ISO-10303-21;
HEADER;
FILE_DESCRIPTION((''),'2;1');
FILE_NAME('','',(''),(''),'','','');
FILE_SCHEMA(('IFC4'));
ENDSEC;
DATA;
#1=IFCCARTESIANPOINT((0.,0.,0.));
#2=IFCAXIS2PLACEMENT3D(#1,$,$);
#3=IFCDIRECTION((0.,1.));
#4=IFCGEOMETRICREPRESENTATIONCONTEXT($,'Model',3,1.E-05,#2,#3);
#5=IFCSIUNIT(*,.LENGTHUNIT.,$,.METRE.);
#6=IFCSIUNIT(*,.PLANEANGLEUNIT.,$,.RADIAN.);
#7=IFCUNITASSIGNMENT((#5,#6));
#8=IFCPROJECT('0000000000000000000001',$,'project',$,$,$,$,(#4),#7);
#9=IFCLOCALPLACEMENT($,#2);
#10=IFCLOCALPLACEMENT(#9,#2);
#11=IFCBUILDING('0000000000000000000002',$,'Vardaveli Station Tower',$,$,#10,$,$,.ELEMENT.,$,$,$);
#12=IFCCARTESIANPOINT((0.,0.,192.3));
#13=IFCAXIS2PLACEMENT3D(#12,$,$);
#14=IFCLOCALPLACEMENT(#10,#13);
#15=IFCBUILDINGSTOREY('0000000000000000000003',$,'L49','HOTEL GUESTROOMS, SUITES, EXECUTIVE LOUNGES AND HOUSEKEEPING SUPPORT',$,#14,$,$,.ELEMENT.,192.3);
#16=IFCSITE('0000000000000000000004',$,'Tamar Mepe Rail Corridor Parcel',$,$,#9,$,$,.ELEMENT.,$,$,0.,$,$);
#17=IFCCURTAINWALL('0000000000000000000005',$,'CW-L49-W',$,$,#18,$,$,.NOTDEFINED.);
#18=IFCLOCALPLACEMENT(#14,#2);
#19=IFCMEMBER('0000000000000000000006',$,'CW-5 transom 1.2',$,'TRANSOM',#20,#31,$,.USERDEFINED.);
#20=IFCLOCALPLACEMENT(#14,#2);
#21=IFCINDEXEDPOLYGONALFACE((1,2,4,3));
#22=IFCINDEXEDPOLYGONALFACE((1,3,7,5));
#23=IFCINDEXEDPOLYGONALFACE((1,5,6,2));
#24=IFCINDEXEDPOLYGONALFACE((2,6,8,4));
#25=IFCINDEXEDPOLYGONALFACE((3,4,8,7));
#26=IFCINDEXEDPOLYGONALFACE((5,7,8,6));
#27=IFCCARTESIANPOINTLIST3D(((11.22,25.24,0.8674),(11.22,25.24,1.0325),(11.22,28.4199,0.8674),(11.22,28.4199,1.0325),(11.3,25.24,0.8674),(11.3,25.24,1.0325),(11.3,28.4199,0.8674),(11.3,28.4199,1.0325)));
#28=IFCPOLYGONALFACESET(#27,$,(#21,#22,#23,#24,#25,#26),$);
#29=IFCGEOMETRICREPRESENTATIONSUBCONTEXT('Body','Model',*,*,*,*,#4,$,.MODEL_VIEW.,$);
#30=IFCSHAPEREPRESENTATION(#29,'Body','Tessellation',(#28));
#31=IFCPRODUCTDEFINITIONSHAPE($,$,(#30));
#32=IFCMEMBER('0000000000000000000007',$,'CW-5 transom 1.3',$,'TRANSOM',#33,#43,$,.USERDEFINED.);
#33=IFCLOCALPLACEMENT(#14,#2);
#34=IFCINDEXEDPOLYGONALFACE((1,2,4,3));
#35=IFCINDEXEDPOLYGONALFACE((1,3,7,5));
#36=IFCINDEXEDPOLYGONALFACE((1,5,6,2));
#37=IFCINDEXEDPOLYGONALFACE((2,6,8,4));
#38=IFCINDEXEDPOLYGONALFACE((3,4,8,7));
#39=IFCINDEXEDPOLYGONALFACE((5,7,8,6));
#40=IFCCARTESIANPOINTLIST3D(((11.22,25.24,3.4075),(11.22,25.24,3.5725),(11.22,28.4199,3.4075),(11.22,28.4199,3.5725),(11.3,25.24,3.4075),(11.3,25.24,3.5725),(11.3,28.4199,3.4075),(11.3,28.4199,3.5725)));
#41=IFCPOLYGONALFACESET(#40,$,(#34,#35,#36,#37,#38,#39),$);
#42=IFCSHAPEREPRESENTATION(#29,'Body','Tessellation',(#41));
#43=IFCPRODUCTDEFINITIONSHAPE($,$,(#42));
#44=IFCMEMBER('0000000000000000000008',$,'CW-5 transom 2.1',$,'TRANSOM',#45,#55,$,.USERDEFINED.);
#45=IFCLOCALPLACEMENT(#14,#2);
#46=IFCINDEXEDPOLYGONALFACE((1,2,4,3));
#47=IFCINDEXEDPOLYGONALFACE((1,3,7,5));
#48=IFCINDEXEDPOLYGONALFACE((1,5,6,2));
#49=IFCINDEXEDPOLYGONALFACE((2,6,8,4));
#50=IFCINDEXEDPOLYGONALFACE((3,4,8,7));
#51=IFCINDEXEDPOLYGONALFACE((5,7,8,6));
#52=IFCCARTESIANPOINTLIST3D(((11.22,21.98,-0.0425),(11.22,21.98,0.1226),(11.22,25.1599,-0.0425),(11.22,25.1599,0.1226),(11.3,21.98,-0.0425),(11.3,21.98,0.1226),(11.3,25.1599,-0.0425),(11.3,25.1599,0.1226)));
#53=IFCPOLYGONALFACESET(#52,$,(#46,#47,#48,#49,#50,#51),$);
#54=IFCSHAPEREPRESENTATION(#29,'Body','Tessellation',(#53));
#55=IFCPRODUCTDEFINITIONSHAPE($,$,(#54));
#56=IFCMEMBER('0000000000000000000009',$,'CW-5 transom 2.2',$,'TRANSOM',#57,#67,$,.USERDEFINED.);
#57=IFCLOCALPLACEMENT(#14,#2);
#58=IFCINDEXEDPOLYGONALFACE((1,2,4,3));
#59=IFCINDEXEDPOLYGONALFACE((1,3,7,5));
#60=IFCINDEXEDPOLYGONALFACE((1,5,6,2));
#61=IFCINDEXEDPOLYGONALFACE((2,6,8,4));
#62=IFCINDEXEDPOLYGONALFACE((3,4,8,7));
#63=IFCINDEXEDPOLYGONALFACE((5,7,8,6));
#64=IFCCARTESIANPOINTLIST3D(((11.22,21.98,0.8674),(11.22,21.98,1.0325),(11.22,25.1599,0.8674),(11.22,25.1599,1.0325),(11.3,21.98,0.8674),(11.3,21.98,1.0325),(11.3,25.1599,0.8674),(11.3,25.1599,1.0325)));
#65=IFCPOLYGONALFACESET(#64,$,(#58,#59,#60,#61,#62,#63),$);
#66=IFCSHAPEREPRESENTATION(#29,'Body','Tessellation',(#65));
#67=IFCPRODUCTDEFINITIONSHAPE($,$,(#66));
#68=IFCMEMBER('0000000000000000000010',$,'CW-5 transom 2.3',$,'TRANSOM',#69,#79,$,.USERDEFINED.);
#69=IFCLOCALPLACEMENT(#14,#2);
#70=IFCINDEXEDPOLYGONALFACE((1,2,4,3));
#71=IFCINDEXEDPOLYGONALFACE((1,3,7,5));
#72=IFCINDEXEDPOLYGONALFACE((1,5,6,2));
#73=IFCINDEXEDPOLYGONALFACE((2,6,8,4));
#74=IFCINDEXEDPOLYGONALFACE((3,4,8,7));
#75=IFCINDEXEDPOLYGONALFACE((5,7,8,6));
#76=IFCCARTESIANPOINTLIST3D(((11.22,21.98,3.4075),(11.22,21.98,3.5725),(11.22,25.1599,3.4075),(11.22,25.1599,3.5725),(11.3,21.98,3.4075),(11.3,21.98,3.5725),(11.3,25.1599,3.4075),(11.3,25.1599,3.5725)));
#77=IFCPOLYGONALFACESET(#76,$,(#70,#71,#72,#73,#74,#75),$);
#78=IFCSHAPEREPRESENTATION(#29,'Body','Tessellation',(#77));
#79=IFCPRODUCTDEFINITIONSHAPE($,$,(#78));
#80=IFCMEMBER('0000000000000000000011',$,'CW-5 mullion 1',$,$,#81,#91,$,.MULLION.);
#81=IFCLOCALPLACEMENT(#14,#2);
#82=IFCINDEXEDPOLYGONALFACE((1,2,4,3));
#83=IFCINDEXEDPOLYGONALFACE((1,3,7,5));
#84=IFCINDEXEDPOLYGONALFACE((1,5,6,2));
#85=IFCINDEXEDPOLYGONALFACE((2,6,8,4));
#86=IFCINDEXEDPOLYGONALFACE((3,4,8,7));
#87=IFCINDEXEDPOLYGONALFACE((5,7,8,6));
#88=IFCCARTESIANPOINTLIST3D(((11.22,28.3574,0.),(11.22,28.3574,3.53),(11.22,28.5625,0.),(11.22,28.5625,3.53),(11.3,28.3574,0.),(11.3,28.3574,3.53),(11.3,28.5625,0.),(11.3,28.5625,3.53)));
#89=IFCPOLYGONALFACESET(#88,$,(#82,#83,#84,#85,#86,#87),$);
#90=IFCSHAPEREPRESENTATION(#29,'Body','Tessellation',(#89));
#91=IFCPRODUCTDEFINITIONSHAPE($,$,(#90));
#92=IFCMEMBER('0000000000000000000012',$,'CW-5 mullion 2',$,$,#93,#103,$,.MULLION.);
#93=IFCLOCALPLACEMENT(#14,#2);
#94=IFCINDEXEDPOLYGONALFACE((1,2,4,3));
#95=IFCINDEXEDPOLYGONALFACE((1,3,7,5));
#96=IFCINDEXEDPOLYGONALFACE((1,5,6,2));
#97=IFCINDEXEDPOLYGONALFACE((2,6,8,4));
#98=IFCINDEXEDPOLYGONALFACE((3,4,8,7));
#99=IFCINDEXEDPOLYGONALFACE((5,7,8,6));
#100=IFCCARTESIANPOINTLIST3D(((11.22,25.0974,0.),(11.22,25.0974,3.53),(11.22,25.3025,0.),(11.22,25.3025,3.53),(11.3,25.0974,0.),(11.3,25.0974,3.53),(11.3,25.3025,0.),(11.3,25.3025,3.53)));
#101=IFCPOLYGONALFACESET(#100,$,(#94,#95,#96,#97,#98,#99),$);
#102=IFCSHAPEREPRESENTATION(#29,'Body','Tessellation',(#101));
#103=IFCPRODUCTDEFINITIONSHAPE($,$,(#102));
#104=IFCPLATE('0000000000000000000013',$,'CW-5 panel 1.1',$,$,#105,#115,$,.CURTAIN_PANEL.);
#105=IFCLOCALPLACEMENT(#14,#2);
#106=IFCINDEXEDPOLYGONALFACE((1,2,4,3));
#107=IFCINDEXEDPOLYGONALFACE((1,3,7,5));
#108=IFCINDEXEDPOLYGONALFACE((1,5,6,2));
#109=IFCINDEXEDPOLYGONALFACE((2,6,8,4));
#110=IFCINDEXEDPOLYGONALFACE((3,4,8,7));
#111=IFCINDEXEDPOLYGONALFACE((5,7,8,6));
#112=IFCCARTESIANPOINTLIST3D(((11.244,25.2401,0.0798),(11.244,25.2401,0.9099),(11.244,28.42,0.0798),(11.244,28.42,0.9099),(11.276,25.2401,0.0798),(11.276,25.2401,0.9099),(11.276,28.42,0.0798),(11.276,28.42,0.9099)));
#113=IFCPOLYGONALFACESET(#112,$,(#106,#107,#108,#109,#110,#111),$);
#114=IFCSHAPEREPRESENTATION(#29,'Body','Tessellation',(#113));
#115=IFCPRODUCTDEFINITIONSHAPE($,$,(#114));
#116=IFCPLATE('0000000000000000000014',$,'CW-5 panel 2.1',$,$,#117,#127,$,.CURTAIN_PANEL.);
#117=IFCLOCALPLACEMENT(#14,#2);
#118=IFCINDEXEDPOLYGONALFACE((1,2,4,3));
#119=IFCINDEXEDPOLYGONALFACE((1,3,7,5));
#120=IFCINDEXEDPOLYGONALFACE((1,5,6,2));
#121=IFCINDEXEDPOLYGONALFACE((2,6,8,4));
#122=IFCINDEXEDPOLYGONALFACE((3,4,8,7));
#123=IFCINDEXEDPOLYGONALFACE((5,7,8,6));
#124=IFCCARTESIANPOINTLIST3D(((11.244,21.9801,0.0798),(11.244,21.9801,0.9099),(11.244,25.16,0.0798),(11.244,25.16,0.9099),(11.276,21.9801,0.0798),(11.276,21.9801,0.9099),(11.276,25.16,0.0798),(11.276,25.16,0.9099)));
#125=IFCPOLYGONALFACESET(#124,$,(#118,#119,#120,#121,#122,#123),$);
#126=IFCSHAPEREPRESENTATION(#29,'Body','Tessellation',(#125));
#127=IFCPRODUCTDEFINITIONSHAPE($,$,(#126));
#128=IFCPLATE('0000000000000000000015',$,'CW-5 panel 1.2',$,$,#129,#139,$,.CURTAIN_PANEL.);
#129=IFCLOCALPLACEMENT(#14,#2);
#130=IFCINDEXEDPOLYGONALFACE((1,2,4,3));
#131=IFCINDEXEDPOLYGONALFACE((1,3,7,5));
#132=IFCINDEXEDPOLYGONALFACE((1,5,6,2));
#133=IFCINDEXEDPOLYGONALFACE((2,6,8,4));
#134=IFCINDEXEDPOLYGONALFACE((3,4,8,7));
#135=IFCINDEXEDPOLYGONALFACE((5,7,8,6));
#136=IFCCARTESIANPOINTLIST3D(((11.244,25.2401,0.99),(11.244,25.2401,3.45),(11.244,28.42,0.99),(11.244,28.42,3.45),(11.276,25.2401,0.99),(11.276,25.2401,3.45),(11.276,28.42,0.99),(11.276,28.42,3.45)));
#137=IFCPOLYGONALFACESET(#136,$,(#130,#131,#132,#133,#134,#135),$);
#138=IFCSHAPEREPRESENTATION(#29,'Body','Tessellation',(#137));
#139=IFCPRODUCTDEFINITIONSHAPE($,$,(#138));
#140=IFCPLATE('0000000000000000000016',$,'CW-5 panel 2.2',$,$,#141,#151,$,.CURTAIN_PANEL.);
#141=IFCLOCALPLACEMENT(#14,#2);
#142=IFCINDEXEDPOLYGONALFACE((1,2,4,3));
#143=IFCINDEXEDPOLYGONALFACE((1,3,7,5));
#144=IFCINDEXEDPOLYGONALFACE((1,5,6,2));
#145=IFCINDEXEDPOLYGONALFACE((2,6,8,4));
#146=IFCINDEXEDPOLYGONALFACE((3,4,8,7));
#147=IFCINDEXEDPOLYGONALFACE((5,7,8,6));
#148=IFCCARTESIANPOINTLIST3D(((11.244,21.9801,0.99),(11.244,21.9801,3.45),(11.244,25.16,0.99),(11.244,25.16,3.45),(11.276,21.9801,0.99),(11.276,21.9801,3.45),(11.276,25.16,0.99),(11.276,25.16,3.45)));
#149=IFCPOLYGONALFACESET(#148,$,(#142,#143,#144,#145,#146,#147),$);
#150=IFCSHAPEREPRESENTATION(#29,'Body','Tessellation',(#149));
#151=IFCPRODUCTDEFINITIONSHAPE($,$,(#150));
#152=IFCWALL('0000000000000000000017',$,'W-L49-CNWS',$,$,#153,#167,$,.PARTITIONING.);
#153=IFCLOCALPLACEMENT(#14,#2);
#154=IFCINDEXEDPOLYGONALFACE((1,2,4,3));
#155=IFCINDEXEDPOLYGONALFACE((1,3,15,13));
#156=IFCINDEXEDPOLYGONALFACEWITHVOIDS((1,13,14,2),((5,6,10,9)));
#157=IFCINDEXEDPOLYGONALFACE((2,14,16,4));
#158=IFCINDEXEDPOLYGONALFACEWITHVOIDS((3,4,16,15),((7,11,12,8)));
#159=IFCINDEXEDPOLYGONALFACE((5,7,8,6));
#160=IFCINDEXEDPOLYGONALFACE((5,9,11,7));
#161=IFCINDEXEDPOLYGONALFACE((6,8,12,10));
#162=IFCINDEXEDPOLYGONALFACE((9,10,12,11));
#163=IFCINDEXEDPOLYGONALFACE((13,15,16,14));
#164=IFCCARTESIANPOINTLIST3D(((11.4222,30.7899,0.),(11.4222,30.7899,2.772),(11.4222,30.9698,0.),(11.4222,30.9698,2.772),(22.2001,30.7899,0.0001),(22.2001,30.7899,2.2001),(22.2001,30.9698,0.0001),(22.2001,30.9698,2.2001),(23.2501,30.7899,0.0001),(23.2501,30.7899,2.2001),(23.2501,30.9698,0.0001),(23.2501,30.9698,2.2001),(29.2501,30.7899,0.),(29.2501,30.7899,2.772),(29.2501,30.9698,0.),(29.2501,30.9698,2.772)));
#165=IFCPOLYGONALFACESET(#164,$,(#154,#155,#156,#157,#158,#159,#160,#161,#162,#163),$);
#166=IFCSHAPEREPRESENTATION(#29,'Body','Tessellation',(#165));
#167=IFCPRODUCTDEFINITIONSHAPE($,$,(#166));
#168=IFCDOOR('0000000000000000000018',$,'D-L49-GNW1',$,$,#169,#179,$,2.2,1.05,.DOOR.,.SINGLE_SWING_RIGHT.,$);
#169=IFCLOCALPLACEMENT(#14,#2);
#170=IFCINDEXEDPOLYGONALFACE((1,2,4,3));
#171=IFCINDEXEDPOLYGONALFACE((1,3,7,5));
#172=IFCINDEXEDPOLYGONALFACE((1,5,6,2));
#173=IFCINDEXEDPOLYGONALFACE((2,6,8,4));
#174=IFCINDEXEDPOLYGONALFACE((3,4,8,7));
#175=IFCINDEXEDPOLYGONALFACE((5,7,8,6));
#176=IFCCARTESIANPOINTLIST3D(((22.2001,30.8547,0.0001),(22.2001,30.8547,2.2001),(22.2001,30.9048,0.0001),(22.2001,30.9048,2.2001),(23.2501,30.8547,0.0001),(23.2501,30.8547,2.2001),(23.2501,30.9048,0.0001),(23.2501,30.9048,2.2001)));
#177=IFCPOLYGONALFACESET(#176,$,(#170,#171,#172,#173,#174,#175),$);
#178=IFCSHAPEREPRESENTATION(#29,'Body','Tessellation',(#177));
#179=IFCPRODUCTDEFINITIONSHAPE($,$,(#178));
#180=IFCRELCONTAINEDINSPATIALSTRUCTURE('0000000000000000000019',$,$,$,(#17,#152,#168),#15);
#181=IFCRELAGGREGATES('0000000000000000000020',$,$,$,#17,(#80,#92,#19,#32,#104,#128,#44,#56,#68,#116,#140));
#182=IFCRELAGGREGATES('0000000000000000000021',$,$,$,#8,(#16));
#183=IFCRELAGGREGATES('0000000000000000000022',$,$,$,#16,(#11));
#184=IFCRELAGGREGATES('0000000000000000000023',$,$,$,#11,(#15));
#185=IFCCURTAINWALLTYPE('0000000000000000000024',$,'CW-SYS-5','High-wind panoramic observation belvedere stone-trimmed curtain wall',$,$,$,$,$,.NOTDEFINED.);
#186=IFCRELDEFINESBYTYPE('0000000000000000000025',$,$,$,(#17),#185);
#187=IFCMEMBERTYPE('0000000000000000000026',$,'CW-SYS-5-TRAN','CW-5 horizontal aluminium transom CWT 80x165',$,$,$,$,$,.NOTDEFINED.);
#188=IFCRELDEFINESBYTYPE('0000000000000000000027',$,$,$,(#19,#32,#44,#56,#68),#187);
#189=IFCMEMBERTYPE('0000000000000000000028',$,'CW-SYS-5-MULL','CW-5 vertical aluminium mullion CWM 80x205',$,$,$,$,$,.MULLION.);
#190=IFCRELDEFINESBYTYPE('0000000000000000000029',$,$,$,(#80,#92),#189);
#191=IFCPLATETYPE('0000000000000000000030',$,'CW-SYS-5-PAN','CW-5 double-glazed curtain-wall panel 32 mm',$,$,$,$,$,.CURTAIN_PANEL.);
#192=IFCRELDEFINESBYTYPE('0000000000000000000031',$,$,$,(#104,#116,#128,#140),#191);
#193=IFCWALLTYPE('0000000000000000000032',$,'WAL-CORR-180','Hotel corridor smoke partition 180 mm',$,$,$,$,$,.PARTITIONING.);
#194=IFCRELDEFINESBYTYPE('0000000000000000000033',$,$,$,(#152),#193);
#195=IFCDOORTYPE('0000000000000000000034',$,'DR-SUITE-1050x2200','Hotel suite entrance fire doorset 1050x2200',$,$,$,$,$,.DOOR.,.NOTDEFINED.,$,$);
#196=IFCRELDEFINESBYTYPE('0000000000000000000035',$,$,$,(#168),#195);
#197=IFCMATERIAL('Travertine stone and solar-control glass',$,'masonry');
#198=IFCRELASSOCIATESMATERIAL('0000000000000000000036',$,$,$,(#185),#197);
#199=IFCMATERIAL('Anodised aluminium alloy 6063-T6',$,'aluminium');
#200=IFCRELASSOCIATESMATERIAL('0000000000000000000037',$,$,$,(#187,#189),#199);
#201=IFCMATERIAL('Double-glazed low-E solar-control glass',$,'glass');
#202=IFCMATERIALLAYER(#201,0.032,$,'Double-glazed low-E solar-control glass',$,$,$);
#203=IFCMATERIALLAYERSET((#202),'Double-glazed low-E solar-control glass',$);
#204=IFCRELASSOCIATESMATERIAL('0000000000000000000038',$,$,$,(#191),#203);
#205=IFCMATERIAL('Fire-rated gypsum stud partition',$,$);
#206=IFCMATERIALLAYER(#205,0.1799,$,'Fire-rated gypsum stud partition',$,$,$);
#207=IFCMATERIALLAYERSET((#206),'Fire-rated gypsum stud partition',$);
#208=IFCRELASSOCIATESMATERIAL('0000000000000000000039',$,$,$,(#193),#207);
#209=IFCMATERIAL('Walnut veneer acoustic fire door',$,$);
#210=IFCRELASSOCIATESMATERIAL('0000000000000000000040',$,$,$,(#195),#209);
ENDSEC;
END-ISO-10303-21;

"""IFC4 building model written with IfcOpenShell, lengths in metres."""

from ifc_helpers import new_model, si_unit, direction, frame, frame_2d, origin, origin_2d, place, context, subcontext, project, spatial, rectangle, extrude, source, transform, mapped, material, layer, layer_set, material_profile, profile_set, type_object, element, fill, aggregate, save


model = new_model("IFC4")

# Units and contexts
model_context = context("Model", 3, precision=1e-05, world=origin(), true_north=direction((0.0, 1.0)))
body_context = subcontext(model_context, "Body", "Model", "MODEL_VIEW")
ifc_project = project(units=[si_unit("LENGTHUNIT", "METRE"), si_unit("PLANEANGLEUNIT", "RADIAN")], contexts=[model_context])

# Site, building, storey
site_placement = place(None, origin())
site = spatial("IfcSite", under=ifc_project, at=site_placement, Name="Tamar Mepe Rail Corridor Parcel", CompositionType="ELEMENT", RefElevation=0.0)
building_placement = place(site_placement, origin())
building = spatial("IfcBuilding", under=site, at=building_placement, Name="Vardaveli Station Tower", CompositionType="ELEMENT")
storey_placement = place(building_placement, frame((0.0, 0.0, 192.3)))
storey = spatial("IfcBuildingStorey", under=building, at=storey_placement, Name="L49", Description="HOTEL GUESTROOMS, SUITES, EXECUTIVE LOUNGES AND HOUSEKEEPING SUPPORT", CompositionType="ELEMENT", Elevation=192.3)

# Curtain wall, members, plates
ifc_material_1 = material(Name="Travertine stone and solar-control glass", Category="masonry")
curtain_wall_type = type_object("IfcCurtainWallType", Name="CW-SYS-5", Description="High-wind panoramic observation belvedere stone-trimmed curtain wall", PredefinedType="NOTDEFINED", material=ifc_material_1)
curtain_wall_placement = place(storey_placement, origin())
curtain_wall = element("IfcCurtainWall", 1, at=curtain_wall_placement, inside=storey, type_object=curtain_wall_type, Name="CW-L49-W", PredefinedType="NOTDEFINED")
ifc_material_2 = material(Name="Anodised aluminium alloy 6063-T6", Category="aluminium")
ifc_material_profile_1 = material_profile(ifc_material_2, rectangle(XDim=0.0801, YDim=0.165, at=origin_2d()), Name="CWT 80x165")
ifc_profile_set_1 = profile_set([ifc_material_profile_1], Name="Anodised aluminium alloy 6063-T6")
member_type_1 = type_object("IfcMemberType", Name="CW-SYS-5-TRAN", Description="CW-5 horizontal aluminium transom CWT 80x165", PredefinedType="NOTDEFINED", material=ifc_profile_set_1)
shared_shape_1 = source(origin(), body_context, "Body", "SweptSolid", [
    extrude(rectangle(XDim=0.0801, YDim=0.165, at=origin_2d()), origin(), (0.0, 0.0, 1.0), 3.1799),
])
member_1_placement = place(storey_placement, frame((11.26, 28.4199, 0.95), z_axis=(0.0, -1.0, 0.0), x_axis=(1.0, 0.0, 0.0)))
member_1 = element("IfcMember", 2, at=member_1_placement, type_object=member_type_1, Name="CW-5 transom 1.2", ObjectType="TRANSOM", PredefinedType="USERDEFINED", context=body_context, shape_type="MappedRepresentation", body=[
    mapped(shared_shape_1, transform((0.0, 0.0, 0.0), scale=1.0)),
])
member_2_placement = place(storey_placement, frame((11.26, 28.4199, 3.49), z_axis=(0.0, -1.0, 0.0), x_axis=(1.0, 0.0, 0.0)))
member_2 = element("IfcMember", 3, at=member_2_placement, type_object=member_type_1, Name="CW-5 transom 1.3", ObjectType="TRANSOM", PredefinedType="USERDEFINED", context=body_context, shape_type="MappedRepresentation", body=[
    mapped(shared_shape_1, transform((0.0, 0.0, 0.0), scale=1.0)),
])
member_3_placement = place(storey_placement, frame((11.26, 25.1599, 0.04), z_axis=(0.0, -1.0, 0.0), x_axis=(1.0, 0.0, 0.0)))
member_3 = element("IfcMember", 4, at=member_3_placement, type_object=member_type_1, Name="CW-5 transom 2.1", ObjectType="TRANSOM", PredefinedType="USERDEFINED", context=body_context, shape_type="MappedRepresentation", body=[
    mapped(shared_shape_1, transform((0.0, 0.0, 0.0), scale=1.0)),
])
member_4_placement = place(storey_placement, frame((11.26, 25.1599, 0.95), z_axis=(0.0, -1.0, 0.0), x_axis=(1.0, 0.0, 0.0)))
member_4 = element("IfcMember", 5, at=member_4_placement, type_object=member_type_1, Name="CW-5 transom 2.2", ObjectType="TRANSOM", PredefinedType="USERDEFINED", context=body_context, shape_type="MappedRepresentation", body=[
    mapped(shared_shape_1, transform((0.0, 0.0, 0.0), scale=1.0)),
])
member_5_placement = place(storey_placement, frame((11.26, 25.1599, 3.49), z_axis=(0.0, -1.0, 0.0), x_axis=(1.0, 0.0, 0.0)))
member_5 = element("IfcMember", 6, at=member_5_placement, type_object=member_type_1, Name="CW-5 transom 2.3", ObjectType="TRANSOM", PredefinedType="USERDEFINED", context=body_context, shape_type="MappedRepresentation", body=[
    mapped(shared_shape_1, transform((0.0, 0.0, 0.0), scale=1.0)),
])
ifc_material_profile_2 = material_profile(ifc_material_2, rectangle(XDim=0.0801, YDim=0.2051, at=origin_2d()), Name="CWM 80x205")
ifc_profile_set_2 = profile_set([ifc_material_profile_2], Name="Anodised aluminium alloy 6063-T6")
member_type_2 = type_object("IfcMemberType", Name="CW-SYS-5-MULL", Description="CW-5 vertical aluminium mullion CWM 80x205", PredefinedType="MULLION", material=ifc_profile_set_2)
shared_shape_2 = source(origin(), body_context, "Body", "SweptSolid", [
    extrude(rectangle(XDim=0.0801, YDim=0.2051, at=origin_2d()), origin(), (0.0, 0.0, 1.0), 3.53),
])
member_6_placement = place(storey_placement, frame((11.26, 28.46, 0.0), z_axis=(0.0, 0.0, 1.0), x_axis=(1.0, 0.0, 0.0)))
member_6 = element("IfcMember", 7, at=member_6_placement, type_object=member_type_2, Name="CW-5 mullion 1", PredefinedType="MULLION", context=body_context, shape_type="MappedRepresentation", body=[
    mapped(shared_shape_2, transform((0.0, 0.0, 0.0), scale=1.0)),
])
member_7_placement = place(storey_placement, frame((11.26, 25.2, 0.0), z_axis=(0.0, 0.0, 1.0), x_axis=(1.0, 0.0, 0.0)))
member_7 = element("IfcMember", 8, at=member_7_placement, type_object=member_type_2, Name="CW-5 mullion 2", PredefinedType="MULLION", context=body_context, shape_type="MappedRepresentation", body=[
    mapped(shared_shape_2, transform((0.0, 0.0, 0.0), scale=1.0)),
])
ifc_material_3 = material(Name="Double-glazed low-E solar-control glass", Category="glass")
ifc_layer_1 = layer(ifc_material_3, 0.032, Name="Double-glazed low-E solar-control glass")
ifc_layer_set_1 = layer_set([ifc_layer_1], Name="Double-glazed low-E solar-control glass")
plate_type = type_object("IfcPlateType", Name="CW-SYS-5-PAN", Description="CW-5 double-glazed curtain-wall panel 32 mm", PredefinedType="CURTAIN_PANEL", material=ifc_layer_set_1)
shared_shape_3 = source(origin(), body_context, "Body", "SweptSolid", [
    extrude(rectangle(XDim=3.1799, YDim=0.032, at=origin_2d()), origin(), (0.0, 0.0, 1.0), 0.8301),
])
plate_1_placement = place(storey_placement, frame((11.26, 26.8301, 0.0798), z_axis=(0.0, 0.0, 1.0), x_axis=(0.0, -1.0, 0.0)))
plate_1 = element("IfcPlate", 9, at=plate_1_placement, type_object=plate_type, Name="CW-5 panel 1.1", PredefinedType="CURTAIN_PANEL", context=body_context, shape_type="MappedRepresentation", body=[
    mapped(shared_shape_3, transform((0.0, 0.0, 0.0), scale=1.0)),
])
plate_2_placement = place(storey_placement, frame((11.26, 23.5701, 0.0798), z_axis=(0.0, 0.0, 1.0), x_axis=(0.0, -1.0, 0.0)))
plate_2 = element("IfcPlate", 10, at=plate_2_placement, type_object=plate_type, Name="CW-5 panel 2.1", PredefinedType="CURTAIN_PANEL", context=body_context, shape_type="MappedRepresentation", body=[
    mapped(shared_shape_3, transform((0.0, 0.0, 0.0), scale=1.0)),
])
shared_shape_4 = source(origin(), body_context, "Body", "SweptSolid", [
    extrude(rectangle(XDim=3.1799, YDim=0.032, at=origin_2d()), origin(), (0.0, 0.0, 1.0), 2.46),
])
plate_3_placement = place(storey_placement, frame((11.26, 26.8301, 0.99), z_axis=(0.0, 0.0, 1.0), x_axis=(0.0, -1.0, 0.0)))
plate_3 = element("IfcPlate", 11, at=plate_3_placement, type_object=plate_type, Name="CW-5 panel 1.2", PredefinedType="CURTAIN_PANEL", context=body_context, shape_type="MappedRepresentation", body=[
    mapped(shared_shape_4, transform((0.0, 0.0, 0.0), scale=1.0)),
])
plate_4_placement = place(storey_placement, frame((11.26, 23.5701, 0.99), z_axis=(0.0, 0.0, 1.0), x_axis=(0.0, -1.0, 0.0)))
plate_4 = element("IfcPlate", 12, at=plate_4_placement, type_object=plate_type, Name="CW-5 panel 2.2", PredefinedType="CURTAIN_PANEL", context=body_context, shape_type="MappedRepresentation", body=[
    mapped(shared_shape_4, transform((0.0, 0.0, 0.0), scale=1.0)),
])
aggregate(curtain_wall, [member_6, member_7, member_1, member_2, plate_1, plate_3, member_3, member_4, member_5, plate_2, plate_4])

# Wall, opening, door
ifc_material_4 = material(Name="Fire-rated gypsum stud partition")
ifc_layer_2 = layer(ifc_material_4, 0.1799, Name="Fire-rated gypsum stud partition")
ifc_layer_set_2 = layer_set([ifc_layer_2], Name="Fire-rated gypsum stud partition")
wall_type = type_object("IfcWallType", Name="WAL-CORR-180", Description="Hotel corridor smoke partition 180 mm", PredefinedType="PARTITIONING", material=ifc_layer_set_2)
shared_shape_5 = source(origin(), body_context, "Body", "SweptSolid", [
    extrude(rectangle(XDim=17.8279, YDim=0.1799, at=frame_2d((8.9141, 0.0))), origin(), (0.0, 0.0, 1.0), 2.772),
])
wall_1_placement = place(storey_placement, frame((11.4221, 30.8799, 0.0), z_axis=(0.0, 0.0, 1.0), x_axis=(1.0, 0.0, 0.0)))
wall_1 = element("IfcWall", 13, at=wall_1_placement, inside=storey, type_object=wall_type, Name="W-L49-CNWS", PredefinedType="PARTITIONING", context=body_context, shape_type="MappedRepresentation", body=[
    mapped(shared_shape_5, transform((0.0, 0.0, 0.0), scale=1.0)),
])
shared_shape_6 = source(origin(), body_context, "Body", "SweptSolid", [
    extrude(rectangle(XDim=1.05, YDim=2.2, at=frame_2d((0.5249, 1.1001))), frame((0.0, 0.1001, 0.0), z_axis=(0.0, -1.0, 0.0), x_axis=(1.0, 0.0, 0.0)), (0.0, 0.0, 1.0), 0.2),
])
opening_placement = place(wall_1_placement, frame((10.7781, 0.0, 0.0)))
opening = element("IfcOpeningElement", 14, at=opening_placement, cuts=wall_1, PredefinedType="OPENING", context=body_context, shape_type="MappedRepresentation", body=[
    mapped(shared_shape_6, transform((0.0, 0.0, 0.0), scale=1.0)),
])
ifc_material_5 = material(Name="Walnut veneer acoustic fire door")
door_type = type_object("IfcDoorType", Name="DR-SUITE-1050x2200", Description="Hotel suite entrance fire doorset 1050x2200", OperationType="NOTDEFINED", PredefinedType="DOOR", material=ifc_material_5)
shared_shape_7 = source(origin(), body_context, "Body", "SweptSolid", [
    extrude(rectangle(XDim=1.05, YDim=2.2, at=frame_2d((0.5249, 1.1001))), frame((0.0, 0.0249, 0.0), z_axis=(0.0, -1.0, 0.0), x_axis=(1.0, 0.0, 0.0)), (0.0, 0.0, 1.0), 0.05),
])
door_placement = place(opening_placement, origin())
door = element("IfcDoor", 15, at=door_placement, inside=storey, type_object=door_type, Name="D-L49-GNW1", OperationType="SINGLE_SWING_RIGHT", OverallHeight=2.2, OverallWidth=1.05, PredefinedType="DOOR", context=body_context, shape_type="MappedRepresentation", body=[
    mapped(shared_shape_7, transform((0.0, 0.0, 0.0), scale=1.0)),
])
fill(opening, door)

save(model, "model.ifc")
